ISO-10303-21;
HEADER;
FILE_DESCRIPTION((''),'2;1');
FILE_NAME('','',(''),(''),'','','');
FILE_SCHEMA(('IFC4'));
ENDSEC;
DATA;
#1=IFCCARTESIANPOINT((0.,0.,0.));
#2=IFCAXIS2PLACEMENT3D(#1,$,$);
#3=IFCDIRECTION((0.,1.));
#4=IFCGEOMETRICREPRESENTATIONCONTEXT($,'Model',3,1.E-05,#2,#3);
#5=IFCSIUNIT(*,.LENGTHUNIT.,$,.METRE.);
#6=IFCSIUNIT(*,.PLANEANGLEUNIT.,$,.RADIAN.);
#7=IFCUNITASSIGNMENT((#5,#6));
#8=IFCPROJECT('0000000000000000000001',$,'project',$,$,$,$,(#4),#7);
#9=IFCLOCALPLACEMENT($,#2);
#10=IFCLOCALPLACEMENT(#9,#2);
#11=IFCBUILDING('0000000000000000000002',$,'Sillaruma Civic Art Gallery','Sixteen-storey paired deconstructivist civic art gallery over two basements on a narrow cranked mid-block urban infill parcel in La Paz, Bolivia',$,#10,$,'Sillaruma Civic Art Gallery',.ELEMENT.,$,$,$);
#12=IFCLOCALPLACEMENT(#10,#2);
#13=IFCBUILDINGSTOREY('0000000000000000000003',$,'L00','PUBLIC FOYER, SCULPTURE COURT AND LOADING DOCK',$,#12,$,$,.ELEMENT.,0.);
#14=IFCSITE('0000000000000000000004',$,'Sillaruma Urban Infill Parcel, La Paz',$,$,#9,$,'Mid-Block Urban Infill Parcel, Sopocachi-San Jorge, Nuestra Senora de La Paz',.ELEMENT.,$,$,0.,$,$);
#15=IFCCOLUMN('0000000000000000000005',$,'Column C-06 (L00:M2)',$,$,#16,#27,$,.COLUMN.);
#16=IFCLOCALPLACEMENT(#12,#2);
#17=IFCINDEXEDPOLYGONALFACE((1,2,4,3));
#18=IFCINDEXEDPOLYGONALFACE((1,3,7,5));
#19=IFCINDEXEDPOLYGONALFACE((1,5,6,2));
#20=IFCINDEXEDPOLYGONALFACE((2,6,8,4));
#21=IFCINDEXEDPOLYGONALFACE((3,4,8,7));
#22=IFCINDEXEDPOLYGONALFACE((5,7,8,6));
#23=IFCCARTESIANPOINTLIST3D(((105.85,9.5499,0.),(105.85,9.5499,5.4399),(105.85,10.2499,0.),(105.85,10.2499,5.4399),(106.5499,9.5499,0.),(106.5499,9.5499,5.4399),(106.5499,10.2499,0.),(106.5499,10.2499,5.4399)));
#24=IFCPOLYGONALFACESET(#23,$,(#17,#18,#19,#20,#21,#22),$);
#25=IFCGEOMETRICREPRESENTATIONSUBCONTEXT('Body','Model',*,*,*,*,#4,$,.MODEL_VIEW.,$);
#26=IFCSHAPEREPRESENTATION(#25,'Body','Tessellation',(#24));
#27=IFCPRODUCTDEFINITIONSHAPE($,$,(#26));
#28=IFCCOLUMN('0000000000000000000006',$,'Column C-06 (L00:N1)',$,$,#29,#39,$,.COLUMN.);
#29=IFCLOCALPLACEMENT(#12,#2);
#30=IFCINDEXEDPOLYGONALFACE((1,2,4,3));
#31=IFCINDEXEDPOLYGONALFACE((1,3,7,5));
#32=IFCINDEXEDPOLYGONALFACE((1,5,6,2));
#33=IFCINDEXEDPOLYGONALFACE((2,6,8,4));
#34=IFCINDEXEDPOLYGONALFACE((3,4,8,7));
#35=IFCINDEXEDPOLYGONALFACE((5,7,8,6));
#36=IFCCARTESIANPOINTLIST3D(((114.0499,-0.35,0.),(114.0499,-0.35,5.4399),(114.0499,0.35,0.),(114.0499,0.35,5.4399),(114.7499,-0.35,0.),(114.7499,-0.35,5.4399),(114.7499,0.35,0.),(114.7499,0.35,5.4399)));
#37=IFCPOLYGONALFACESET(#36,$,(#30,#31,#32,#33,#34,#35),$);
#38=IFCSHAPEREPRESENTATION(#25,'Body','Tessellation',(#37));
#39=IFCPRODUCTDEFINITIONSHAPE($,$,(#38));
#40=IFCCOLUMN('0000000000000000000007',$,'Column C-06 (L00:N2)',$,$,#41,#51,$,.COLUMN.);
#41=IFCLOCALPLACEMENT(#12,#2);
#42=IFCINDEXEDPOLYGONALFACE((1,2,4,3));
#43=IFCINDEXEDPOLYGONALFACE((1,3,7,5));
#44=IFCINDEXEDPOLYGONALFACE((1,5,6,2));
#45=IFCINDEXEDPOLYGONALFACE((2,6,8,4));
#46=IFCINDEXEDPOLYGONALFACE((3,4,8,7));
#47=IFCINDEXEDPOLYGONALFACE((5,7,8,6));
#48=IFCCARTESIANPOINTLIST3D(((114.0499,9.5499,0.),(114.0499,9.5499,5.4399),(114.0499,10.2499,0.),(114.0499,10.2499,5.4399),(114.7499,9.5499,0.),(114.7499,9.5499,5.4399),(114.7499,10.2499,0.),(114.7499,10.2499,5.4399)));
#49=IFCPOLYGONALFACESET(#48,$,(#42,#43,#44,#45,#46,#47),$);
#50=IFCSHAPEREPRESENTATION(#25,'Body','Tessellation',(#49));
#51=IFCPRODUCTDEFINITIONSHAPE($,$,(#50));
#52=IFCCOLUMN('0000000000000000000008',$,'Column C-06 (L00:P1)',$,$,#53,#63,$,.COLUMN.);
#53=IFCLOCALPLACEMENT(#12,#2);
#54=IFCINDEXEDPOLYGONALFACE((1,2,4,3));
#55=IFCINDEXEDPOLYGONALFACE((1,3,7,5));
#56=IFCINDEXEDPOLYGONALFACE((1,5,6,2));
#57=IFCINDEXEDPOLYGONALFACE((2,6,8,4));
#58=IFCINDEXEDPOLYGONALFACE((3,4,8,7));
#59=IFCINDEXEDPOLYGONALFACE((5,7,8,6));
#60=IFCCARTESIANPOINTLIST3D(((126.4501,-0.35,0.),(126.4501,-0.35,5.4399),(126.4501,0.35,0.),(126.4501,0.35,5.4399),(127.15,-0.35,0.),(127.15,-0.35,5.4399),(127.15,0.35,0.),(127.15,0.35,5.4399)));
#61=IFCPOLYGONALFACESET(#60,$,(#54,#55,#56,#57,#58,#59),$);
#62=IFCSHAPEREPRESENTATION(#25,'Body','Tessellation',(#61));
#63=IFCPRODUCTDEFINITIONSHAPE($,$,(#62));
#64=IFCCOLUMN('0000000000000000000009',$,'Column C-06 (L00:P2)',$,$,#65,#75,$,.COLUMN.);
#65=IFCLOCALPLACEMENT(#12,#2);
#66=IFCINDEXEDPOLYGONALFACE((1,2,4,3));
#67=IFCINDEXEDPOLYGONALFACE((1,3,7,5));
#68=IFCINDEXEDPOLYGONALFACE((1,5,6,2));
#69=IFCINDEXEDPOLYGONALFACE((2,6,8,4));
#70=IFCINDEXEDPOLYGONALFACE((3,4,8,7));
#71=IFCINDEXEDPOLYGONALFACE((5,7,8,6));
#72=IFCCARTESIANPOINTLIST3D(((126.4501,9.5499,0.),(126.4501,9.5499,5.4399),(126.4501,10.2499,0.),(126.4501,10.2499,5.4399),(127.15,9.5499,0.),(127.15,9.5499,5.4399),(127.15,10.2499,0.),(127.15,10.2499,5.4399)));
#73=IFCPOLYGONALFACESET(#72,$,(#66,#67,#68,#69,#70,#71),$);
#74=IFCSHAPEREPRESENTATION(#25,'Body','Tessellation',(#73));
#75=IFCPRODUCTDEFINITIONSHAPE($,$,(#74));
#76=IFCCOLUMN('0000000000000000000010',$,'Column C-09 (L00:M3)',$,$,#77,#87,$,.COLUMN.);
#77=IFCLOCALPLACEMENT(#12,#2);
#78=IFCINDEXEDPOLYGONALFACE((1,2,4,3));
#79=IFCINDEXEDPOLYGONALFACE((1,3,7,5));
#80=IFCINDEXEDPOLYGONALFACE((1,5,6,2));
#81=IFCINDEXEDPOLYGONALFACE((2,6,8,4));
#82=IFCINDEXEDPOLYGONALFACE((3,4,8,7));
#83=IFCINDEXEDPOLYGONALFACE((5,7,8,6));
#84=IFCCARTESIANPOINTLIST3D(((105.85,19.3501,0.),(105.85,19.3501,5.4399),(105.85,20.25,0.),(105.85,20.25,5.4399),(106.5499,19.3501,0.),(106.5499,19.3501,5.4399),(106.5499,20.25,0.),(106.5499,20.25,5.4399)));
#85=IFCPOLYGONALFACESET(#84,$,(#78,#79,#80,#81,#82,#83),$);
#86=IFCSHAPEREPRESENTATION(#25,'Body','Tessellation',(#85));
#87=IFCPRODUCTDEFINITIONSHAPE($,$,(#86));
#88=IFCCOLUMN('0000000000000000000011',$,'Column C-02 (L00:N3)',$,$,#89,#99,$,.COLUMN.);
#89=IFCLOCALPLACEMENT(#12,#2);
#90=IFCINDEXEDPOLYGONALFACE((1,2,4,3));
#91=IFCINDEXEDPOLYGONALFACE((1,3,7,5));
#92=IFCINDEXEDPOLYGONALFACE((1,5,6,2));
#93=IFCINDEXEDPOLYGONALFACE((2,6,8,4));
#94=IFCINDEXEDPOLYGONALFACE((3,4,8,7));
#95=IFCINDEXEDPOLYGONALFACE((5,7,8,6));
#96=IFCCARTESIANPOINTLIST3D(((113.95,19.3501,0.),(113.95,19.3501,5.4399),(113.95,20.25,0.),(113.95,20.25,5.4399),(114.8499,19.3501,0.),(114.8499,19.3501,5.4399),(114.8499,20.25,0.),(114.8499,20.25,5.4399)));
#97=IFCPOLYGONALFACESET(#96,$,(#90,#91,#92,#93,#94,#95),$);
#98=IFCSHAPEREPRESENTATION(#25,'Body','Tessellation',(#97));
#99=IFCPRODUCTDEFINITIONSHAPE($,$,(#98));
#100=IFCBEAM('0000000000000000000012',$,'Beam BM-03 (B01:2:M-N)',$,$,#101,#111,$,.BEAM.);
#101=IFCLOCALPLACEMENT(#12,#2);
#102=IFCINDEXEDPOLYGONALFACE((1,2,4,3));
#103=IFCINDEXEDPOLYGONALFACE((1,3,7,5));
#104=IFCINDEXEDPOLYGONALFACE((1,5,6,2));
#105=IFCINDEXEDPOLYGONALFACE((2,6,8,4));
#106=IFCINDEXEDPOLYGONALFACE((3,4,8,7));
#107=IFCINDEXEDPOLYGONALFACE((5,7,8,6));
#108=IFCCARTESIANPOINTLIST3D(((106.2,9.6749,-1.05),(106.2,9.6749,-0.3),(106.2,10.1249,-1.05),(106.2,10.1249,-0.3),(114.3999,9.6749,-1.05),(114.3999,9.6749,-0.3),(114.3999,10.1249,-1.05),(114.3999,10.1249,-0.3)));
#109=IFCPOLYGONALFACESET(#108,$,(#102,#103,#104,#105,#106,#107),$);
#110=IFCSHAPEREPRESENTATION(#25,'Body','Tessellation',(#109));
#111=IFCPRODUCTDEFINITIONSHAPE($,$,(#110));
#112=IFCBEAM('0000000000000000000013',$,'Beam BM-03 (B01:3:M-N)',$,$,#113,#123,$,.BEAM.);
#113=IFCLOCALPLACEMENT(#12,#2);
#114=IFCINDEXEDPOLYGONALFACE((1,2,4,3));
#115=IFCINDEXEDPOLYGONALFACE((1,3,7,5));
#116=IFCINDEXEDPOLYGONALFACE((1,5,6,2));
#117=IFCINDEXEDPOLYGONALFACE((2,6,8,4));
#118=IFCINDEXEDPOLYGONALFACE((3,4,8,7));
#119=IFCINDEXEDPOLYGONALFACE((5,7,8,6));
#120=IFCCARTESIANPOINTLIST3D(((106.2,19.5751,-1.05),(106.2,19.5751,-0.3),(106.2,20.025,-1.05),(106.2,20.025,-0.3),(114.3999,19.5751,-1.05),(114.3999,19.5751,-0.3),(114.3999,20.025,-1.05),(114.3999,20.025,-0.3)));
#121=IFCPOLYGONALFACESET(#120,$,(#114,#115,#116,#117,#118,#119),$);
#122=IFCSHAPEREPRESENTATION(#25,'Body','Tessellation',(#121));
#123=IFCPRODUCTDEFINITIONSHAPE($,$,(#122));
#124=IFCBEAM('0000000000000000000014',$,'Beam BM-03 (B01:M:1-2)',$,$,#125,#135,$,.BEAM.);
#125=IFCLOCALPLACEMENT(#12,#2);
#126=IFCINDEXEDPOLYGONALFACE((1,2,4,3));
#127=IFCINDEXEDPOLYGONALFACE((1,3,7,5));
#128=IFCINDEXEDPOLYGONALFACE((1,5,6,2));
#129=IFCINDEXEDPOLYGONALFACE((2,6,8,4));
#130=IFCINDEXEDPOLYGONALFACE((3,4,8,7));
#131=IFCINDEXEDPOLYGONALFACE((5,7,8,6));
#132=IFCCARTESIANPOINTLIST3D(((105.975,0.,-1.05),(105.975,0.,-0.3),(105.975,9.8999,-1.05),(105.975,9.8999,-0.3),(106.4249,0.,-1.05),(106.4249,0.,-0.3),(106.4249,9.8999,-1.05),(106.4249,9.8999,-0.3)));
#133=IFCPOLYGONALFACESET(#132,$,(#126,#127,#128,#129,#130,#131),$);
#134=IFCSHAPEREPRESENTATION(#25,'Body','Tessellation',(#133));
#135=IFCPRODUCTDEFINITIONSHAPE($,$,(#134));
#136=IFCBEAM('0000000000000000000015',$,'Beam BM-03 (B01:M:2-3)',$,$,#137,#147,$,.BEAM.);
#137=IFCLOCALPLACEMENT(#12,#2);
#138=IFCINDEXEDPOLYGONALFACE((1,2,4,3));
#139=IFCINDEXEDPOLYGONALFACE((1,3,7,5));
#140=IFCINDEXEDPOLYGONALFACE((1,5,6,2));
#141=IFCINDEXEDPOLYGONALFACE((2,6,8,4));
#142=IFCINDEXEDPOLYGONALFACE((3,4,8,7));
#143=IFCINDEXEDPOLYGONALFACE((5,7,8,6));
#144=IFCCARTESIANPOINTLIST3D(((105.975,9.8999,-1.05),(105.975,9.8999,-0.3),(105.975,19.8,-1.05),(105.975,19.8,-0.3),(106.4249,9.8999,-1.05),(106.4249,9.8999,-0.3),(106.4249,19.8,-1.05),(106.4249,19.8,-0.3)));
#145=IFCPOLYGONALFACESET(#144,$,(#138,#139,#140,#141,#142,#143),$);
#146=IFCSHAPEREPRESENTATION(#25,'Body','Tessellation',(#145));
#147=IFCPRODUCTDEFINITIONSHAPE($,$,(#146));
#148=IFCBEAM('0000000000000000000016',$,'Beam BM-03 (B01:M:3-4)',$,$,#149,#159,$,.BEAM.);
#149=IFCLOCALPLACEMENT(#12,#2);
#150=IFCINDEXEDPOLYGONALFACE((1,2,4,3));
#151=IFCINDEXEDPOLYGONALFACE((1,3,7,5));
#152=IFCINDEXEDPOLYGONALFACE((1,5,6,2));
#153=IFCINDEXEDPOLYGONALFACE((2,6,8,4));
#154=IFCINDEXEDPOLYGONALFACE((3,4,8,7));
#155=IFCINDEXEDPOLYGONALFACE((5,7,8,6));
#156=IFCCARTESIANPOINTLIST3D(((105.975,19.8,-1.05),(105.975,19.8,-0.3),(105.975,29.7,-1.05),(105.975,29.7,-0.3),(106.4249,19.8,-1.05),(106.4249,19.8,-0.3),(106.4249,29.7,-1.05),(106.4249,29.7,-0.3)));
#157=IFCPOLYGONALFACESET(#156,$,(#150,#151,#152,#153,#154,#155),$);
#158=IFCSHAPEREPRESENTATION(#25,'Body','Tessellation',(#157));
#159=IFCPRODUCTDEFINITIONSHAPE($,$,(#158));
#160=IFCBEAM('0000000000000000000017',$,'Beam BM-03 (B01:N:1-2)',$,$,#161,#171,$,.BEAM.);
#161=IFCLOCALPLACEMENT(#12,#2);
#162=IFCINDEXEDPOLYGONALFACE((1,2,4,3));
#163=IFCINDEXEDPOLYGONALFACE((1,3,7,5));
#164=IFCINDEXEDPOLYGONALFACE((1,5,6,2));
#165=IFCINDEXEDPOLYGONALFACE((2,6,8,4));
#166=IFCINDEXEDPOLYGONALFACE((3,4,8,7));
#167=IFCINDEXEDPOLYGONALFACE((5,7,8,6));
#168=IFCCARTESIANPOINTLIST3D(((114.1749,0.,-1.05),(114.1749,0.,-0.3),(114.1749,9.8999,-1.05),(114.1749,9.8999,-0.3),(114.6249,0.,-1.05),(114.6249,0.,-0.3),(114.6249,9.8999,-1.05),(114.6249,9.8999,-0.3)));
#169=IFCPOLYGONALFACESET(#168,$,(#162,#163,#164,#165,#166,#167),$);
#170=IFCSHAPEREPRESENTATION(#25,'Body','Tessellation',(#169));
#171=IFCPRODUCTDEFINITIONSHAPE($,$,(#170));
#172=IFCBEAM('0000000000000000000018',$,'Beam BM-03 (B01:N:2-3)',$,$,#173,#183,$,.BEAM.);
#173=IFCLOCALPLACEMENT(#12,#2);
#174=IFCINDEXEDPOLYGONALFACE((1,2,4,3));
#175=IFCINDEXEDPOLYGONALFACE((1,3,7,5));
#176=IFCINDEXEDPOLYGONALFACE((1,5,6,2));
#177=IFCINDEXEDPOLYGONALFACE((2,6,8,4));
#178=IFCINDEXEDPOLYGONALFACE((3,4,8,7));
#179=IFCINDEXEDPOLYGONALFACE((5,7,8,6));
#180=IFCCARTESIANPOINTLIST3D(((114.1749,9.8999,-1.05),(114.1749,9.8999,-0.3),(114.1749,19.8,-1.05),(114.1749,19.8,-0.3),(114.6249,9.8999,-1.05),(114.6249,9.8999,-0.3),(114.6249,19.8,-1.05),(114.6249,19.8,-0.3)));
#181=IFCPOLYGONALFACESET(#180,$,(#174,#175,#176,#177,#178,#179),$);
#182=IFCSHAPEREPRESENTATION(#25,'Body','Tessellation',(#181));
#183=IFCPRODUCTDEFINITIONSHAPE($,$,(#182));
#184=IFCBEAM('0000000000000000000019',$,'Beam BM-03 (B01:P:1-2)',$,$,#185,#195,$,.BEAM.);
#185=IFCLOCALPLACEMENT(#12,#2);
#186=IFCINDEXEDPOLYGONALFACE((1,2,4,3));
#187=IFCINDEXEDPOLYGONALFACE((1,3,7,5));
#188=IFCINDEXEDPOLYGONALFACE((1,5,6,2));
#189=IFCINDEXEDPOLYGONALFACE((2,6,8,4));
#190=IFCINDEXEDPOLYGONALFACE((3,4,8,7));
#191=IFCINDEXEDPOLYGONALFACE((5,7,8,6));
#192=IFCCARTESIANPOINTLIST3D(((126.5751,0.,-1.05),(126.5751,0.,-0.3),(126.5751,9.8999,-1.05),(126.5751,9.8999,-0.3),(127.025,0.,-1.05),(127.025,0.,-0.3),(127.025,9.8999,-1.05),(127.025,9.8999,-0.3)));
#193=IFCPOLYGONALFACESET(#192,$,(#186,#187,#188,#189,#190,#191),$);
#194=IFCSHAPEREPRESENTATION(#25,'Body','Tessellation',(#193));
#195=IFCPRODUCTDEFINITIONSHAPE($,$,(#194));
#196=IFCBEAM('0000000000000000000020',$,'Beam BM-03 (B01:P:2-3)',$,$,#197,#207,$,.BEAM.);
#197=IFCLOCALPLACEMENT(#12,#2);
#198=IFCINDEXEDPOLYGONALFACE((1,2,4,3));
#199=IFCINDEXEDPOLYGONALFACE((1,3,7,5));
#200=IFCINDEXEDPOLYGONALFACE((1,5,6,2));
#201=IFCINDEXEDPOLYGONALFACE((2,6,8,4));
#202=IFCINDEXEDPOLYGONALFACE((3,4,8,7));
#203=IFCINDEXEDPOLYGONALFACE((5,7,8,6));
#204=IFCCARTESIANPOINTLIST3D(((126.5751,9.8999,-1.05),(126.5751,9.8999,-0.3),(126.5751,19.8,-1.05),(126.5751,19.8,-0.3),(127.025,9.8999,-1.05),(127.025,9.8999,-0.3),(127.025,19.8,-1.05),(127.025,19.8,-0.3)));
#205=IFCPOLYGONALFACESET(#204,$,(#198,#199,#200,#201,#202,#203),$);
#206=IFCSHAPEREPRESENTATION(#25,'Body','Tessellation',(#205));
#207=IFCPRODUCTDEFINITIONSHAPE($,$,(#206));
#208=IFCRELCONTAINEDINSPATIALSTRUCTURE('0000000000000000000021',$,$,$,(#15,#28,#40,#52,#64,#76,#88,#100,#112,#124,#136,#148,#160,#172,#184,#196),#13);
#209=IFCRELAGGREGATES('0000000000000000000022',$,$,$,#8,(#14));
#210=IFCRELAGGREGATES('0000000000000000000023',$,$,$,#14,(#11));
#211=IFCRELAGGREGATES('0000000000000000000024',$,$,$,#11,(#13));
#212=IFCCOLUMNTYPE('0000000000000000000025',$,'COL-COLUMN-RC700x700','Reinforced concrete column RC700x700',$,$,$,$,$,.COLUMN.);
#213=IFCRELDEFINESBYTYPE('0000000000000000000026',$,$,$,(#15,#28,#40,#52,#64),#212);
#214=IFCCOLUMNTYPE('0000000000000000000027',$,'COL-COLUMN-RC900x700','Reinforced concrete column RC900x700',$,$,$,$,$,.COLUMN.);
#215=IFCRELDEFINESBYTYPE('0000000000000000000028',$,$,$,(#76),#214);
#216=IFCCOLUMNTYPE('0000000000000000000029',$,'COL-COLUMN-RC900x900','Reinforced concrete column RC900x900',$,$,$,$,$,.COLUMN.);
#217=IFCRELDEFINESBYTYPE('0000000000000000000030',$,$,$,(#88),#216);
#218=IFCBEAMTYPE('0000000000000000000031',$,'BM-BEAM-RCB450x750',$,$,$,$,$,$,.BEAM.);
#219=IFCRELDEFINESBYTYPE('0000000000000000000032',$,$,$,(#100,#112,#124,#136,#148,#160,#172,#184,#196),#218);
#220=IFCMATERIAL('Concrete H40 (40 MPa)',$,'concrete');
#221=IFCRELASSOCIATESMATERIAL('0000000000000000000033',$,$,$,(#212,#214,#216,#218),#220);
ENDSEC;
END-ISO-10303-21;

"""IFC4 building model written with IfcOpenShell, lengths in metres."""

from ifc_helpers import new_model, si_unit, direction, frame, origin, origin_2d, place, context, subcontext, project, spatial, rectangle, extrude, material, material_profile, profile_set, type_object, element, save


model = new_model("IFC4")

# Units and contexts
model_context = context("Model", 3, precision=1e-05, world=origin(), true_north=direction((0.0, 1.0)))
body_context = subcontext(model_context, "Body", "Model", "MODEL_VIEW")
ifc_project = project(units=[si_unit("LENGTHUNIT", "METRE"), si_unit("PLANEANGLEUNIT", "RADIAN")], contexts=[model_context])

# Site, building, storey
site_placement = place(None, origin())
site = spatial("IfcSite", under=ifc_project, at=site_placement, Name="Sillaruma Urban Infill Parcel, La Paz", LongName="Mid-Block Urban Infill Parcel, Sopocachi-San Jorge, Nuestra Senora de La Paz", CompositionType="ELEMENT", RefElevation=0.0)
building_placement = place(site_placement, origin())
building = spatial("IfcBuilding", under=site, at=building_placement, Name="Sillaruma Civic Art Gallery", Description="Sixteen-storey paired deconstructivist civic art gallery over two basements on a narrow cranked mid-block urban infill parcel in La Paz, Bolivia", LongName="Sillaruma Civic Art Gallery", CompositionType="ELEMENT")
storey_placement = place(building_placement, origin())
storey = spatial("IfcBuildingStorey", under=building, at=storey_placement, Name="L00", Description="PUBLIC FOYER, SCULPTURE COURT AND LOADING DOCK", CompositionType="ELEMENT", Elevation=0.0)

# Columns
ifc_material_1 = material(Name="Concrete H40 (40 MPa)", Category="concrete")
ifc_material_profile_1 = material_profile(ifc_material_1, rectangle(XDim=0.7, YDim=0.7, at=origin_2d()), Name="RC700x700")
ifc_profile_set_1 = profile_set([ifc_material_profile_1], Name="Concrete H40 (40 MPa)")
column_type_1 = type_object("IfcColumnType", Name="COL-COLUMN-RC700x700", Description="Reinforced concrete column RC700x700", PredefinedType="COLUMN", material=ifc_profile_set_1)
for number, where, z_axis, x_axis, name in (
    (1, (106.2, 9.8999, 0.0), (0.0, 0.0, 1.0), (1.0, 0.0, 0.0), "Column C-06 (L00:M2)"),
    (2, (114.3999, 0.0, 0.0), (0.0, 0.0, 1.0), (1.0, 0.0, 0.0), "Column C-06 (L00:N1)"),
    (3, (114.3999, 9.8999, 0.0), (0.0, 0.0, 1.0), (1.0, 0.0, 0.0), "Column C-06 (L00:N2)"),
    (4, (126.8, 0.0, 0.0), (0.0, 0.0, 1.0), (1.0, 0.0, 0.0), "Column C-06 (L00:P1)"),
    (5, (126.8, 9.8999, 0.0), (0.0, 0.0, 1.0), (1.0, 0.0, 0.0), "Column C-06 (L00:P2)"),
):
    element("IfcColumn", number, at=place(storey_placement, frame(where, z_axis=z_axis, x_axis=x_axis)), inside=storey, type_object=column_type_1, Name=name, PredefinedType="COLUMN", context=body_context, shape_type="SweptSolid", body=[
        extrude(rectangle(XDim=0.7, YDim=0.7, at=origin_2d()), origin(), (0.0, 0.0, 1.0), 5.4399),
    ])
ifc_material_profile_2 = material_profile(ifc_material_1, rectangle(XDim=0.7, YDim=0.8999, at=origin_2d()), Name="RC900x700")
ifc_profile_set_2 = profile_set([ifc_material_profile_2], Name="Concrete H40 (40 MPa)")
column_type_2 = type_object("IfcColumnType", Name="COL-COLUMN-RC900x700", Description="Reinforced concrete column RC900x700", PredefinedType="COLUMN", material=ifc_profile_set_2)
column_1_placement = place(storey_placement, frame((106.2, 19.8, 0.0), z_axis=(0.0, 0.0, 1.0), x_axis=(1.0, 0.0, 0.0)))
element("IfcColumn", 6, at=column_1_placement, inside=storey, type_object=column_type_2, Name="Column C-09 (L00:M3)", PredefinedType="COLUMN", context=body_context, shape_type="SweptSolid", body=[
    extrude(rectangle(XDim=0.7, YDim=0.8999, at=origin_2d()), origin(), (0.0, 0.0, 1.0), 5.4399),
])
ifc_material_profile_3 = material_profile(ifc_material_1, rectangle(XDim=0.8999, YDim=0.8999, at=origin_2d()), Name="RC900x900")
ifc_profile_set_3 = profile_set([ifc_material_profile_3], Name="Concrete H40 (40 MPa)")
column_type_3 = type_object("IfcColumnType", Name="COL-COLUMN-RC900x900", Description="Reinforced concrete column RC900x900", PredefinedType="COLUMN", material=ifc_profile_set_3)
column_2_placement = place(storey_placement, frame((114.3999, 19.8, 0.0), z_axis=(0.0, 0.0, 1.0), x_axis=(1.0, 0.0, 0.0)))
element("IfcColumn", 7, at=column_2_placement, inside=storey, type_object=column_type_3, Name="Column C-02 (L00:N3)", PredefinedType="COLUMN", context=body_context, shape_type="SweptSolid", body=[
    extrude(rectangle(XDim=0.8999, YDim=0.8999, at=origin_2d()), origin(), (0.0, 0.0, 1.0), 5.4399),
])

# Beams
ifc_material_profile_4 = material_profile(ifc_material_1, rectangle(XDim=0.45, YDim=0.75, at=origin_2d()), Name="RCB450x750")
ifc_profile_set_4 = profile_set([ifc_material_profile_4], Name="Concrete H40 (40 MPa)")
beam_type_1 = type_object("IfcBeamType", Name="BM-BEAM-RCB450x750", PredefinedType="BEAM", material=ifc_profile_set_4)
for number, where, z_axis, x_axis, name in (
    (8, (106.2, 9.8999, -0.675), (1.0, 0.0, 0.0), (0.0, 1.0, 0.0), "Beam BM-03 (B01:2:M-N)"),
    (9, (106.2, 19.8, -0.675), (1.0, 0.0, 0.0), (0.0, 1.0, 0.0), "Beam BM-03 (B01:3:M-N)"),
):
    element("IfcBeam", number, at=place(storey_placement, frame(where, z_axis=z_axis, x_axis=x_axis)), inside=storey, type_object=beam_type_1, Name=name, PredefinedType="BEAM", context=body_context, shape_type="SweptSolid", body=[
        extrude(rectangle(XDim=0.45, YDim=0.75, at=origin_2d()), origin(), (0.0, 0.0, 1.0), 8.2),
    ])
beam_1_placement = place(storey_placement, frame((106.2, 0.0, -0.675), z_axis=(0.0, 1.0, 0.0), x_axis=(-1.0, 0.0, 0.0)))
element("IfcBeam", 10, at=beam_1_placement, inside=storey, type_object=beam_type_1, Name="Beam BM-03 (B01:M:1-2)", PredefinedType="BEAM", context=body_context, shape_type="SweptSolid", body=[
    extrude(rectangle(XDim=0.45, YDim=0.75, at=origin_2d()), origin(), (0.0, 0.0, 1.0), 9.8999),
])
beam_2_placement = place(storey_placement, frame((106.2, 9.8999, -0.675), z_axis=(0.0, 1.0, 0.0), x_axis=(-1.0, 0.0, 0.0)))
element("IfcBeam", 11, at=beam_2_placement, inside=storey, type_object=beam_type_1, Name="Beam BM-03 (B01:M:2-3)", PredefinedType="BEAM", context=body_context, shape_type="SweptSolid", body=[
    extrude(rectangle(XDim=0.45, YDim=0.75, at=origin_2d()), origin(), (0.0, 0.0, 1.0), 9.9001),
])
for number, where, z_axis, x_axis, name in (
    (12, (106.2, 19.8, -0.675), (0.0, 1.0, 0.0), (-1.0, 0.0, 0.0), "Beam BM-03 (B01:M:3-4)"),
    (13, (114.3999, 0.0, -0.675), (0.0, 1.0, 0.0), (-1.0, 0.0, 0.0), "Beam BM-03 (B01:N:1-2)"),
):
    element("IfcBeam", number, at=place(storey_placement, frame(where, z_axis=z_axis, x_axis=x_axis)), inside=storey, type_object=beam_type_1, Name=name, PredefinedType="BEAM", context=body_context, shape_type="SweptSolid", body=[
        extrude(rectangle(XDim=0.45, YDim=0.75, at=origin_2d()), origin(), (0.0, 0.0, 1.0), 9.8999),
    ])
beam_3_placement = place(storey_placement, frame((114.3999, 9.8999, -0.675), z_axis=(0.0, 1.0, 0.0), x_axis=(-1.0, 0.0, 0.0)))
element("IfcBeam", 14, at=beam_3_placement, inside=storey, type_object=beam_type_1, Name="Beam BM-03 (B01:N:2-3)", PredefinedType="BEAM", context=body_context, shape_type="SweptSolid", body=[
    extrude(rectangle(XDim=0.45, YDim=0.75, at=origin_2d()), origin(), (0.0, 0.0, 1.0), 9.9001),
])
beam_4_placement = place(storey_placement, frame((126.8, 0.0, -0.675), z_axis=(0.0, 1.0, 0.0), x_axis=(-1.0, 0.0, 0.0)))
element("IfcBeam", 15, at=beam_4_placement, inside=storey, type_object=beam_type_1, Name="Beam BM-03 (B01:P:1-2)", PredefinedType="BEAM", context=body_context, shape_type="SweptSolid", body=[
    extrude(rectangle(XDim=0.45, YDim=0.75, at=origin_2d()), origin(), (0.0, 0.0, 1.0), 9.8999),
])
beam_5_placement = place(storey_placement, frame((126.8, 9.8999, -0.675), z_axis=(0.0, 1.0, 0.0), x_axis=(-1.0, 0.0, 0.0)))
element("IfcBeam", 16, at=beam_5_placement, inside=storey, type_object=beam_type_1, Name="Beam BM-03 (B01:P:2-3)", PredefinedType="BEAM", context=body_context, shape_type="SweptSolid", body=[
    extrude(rectangle(XDim=0.45, YDim=0.75, at=origin_2d()), origin(), (0.0, 0.0, 1.0), 9.9001),
])

save(model, "model.ifc")
